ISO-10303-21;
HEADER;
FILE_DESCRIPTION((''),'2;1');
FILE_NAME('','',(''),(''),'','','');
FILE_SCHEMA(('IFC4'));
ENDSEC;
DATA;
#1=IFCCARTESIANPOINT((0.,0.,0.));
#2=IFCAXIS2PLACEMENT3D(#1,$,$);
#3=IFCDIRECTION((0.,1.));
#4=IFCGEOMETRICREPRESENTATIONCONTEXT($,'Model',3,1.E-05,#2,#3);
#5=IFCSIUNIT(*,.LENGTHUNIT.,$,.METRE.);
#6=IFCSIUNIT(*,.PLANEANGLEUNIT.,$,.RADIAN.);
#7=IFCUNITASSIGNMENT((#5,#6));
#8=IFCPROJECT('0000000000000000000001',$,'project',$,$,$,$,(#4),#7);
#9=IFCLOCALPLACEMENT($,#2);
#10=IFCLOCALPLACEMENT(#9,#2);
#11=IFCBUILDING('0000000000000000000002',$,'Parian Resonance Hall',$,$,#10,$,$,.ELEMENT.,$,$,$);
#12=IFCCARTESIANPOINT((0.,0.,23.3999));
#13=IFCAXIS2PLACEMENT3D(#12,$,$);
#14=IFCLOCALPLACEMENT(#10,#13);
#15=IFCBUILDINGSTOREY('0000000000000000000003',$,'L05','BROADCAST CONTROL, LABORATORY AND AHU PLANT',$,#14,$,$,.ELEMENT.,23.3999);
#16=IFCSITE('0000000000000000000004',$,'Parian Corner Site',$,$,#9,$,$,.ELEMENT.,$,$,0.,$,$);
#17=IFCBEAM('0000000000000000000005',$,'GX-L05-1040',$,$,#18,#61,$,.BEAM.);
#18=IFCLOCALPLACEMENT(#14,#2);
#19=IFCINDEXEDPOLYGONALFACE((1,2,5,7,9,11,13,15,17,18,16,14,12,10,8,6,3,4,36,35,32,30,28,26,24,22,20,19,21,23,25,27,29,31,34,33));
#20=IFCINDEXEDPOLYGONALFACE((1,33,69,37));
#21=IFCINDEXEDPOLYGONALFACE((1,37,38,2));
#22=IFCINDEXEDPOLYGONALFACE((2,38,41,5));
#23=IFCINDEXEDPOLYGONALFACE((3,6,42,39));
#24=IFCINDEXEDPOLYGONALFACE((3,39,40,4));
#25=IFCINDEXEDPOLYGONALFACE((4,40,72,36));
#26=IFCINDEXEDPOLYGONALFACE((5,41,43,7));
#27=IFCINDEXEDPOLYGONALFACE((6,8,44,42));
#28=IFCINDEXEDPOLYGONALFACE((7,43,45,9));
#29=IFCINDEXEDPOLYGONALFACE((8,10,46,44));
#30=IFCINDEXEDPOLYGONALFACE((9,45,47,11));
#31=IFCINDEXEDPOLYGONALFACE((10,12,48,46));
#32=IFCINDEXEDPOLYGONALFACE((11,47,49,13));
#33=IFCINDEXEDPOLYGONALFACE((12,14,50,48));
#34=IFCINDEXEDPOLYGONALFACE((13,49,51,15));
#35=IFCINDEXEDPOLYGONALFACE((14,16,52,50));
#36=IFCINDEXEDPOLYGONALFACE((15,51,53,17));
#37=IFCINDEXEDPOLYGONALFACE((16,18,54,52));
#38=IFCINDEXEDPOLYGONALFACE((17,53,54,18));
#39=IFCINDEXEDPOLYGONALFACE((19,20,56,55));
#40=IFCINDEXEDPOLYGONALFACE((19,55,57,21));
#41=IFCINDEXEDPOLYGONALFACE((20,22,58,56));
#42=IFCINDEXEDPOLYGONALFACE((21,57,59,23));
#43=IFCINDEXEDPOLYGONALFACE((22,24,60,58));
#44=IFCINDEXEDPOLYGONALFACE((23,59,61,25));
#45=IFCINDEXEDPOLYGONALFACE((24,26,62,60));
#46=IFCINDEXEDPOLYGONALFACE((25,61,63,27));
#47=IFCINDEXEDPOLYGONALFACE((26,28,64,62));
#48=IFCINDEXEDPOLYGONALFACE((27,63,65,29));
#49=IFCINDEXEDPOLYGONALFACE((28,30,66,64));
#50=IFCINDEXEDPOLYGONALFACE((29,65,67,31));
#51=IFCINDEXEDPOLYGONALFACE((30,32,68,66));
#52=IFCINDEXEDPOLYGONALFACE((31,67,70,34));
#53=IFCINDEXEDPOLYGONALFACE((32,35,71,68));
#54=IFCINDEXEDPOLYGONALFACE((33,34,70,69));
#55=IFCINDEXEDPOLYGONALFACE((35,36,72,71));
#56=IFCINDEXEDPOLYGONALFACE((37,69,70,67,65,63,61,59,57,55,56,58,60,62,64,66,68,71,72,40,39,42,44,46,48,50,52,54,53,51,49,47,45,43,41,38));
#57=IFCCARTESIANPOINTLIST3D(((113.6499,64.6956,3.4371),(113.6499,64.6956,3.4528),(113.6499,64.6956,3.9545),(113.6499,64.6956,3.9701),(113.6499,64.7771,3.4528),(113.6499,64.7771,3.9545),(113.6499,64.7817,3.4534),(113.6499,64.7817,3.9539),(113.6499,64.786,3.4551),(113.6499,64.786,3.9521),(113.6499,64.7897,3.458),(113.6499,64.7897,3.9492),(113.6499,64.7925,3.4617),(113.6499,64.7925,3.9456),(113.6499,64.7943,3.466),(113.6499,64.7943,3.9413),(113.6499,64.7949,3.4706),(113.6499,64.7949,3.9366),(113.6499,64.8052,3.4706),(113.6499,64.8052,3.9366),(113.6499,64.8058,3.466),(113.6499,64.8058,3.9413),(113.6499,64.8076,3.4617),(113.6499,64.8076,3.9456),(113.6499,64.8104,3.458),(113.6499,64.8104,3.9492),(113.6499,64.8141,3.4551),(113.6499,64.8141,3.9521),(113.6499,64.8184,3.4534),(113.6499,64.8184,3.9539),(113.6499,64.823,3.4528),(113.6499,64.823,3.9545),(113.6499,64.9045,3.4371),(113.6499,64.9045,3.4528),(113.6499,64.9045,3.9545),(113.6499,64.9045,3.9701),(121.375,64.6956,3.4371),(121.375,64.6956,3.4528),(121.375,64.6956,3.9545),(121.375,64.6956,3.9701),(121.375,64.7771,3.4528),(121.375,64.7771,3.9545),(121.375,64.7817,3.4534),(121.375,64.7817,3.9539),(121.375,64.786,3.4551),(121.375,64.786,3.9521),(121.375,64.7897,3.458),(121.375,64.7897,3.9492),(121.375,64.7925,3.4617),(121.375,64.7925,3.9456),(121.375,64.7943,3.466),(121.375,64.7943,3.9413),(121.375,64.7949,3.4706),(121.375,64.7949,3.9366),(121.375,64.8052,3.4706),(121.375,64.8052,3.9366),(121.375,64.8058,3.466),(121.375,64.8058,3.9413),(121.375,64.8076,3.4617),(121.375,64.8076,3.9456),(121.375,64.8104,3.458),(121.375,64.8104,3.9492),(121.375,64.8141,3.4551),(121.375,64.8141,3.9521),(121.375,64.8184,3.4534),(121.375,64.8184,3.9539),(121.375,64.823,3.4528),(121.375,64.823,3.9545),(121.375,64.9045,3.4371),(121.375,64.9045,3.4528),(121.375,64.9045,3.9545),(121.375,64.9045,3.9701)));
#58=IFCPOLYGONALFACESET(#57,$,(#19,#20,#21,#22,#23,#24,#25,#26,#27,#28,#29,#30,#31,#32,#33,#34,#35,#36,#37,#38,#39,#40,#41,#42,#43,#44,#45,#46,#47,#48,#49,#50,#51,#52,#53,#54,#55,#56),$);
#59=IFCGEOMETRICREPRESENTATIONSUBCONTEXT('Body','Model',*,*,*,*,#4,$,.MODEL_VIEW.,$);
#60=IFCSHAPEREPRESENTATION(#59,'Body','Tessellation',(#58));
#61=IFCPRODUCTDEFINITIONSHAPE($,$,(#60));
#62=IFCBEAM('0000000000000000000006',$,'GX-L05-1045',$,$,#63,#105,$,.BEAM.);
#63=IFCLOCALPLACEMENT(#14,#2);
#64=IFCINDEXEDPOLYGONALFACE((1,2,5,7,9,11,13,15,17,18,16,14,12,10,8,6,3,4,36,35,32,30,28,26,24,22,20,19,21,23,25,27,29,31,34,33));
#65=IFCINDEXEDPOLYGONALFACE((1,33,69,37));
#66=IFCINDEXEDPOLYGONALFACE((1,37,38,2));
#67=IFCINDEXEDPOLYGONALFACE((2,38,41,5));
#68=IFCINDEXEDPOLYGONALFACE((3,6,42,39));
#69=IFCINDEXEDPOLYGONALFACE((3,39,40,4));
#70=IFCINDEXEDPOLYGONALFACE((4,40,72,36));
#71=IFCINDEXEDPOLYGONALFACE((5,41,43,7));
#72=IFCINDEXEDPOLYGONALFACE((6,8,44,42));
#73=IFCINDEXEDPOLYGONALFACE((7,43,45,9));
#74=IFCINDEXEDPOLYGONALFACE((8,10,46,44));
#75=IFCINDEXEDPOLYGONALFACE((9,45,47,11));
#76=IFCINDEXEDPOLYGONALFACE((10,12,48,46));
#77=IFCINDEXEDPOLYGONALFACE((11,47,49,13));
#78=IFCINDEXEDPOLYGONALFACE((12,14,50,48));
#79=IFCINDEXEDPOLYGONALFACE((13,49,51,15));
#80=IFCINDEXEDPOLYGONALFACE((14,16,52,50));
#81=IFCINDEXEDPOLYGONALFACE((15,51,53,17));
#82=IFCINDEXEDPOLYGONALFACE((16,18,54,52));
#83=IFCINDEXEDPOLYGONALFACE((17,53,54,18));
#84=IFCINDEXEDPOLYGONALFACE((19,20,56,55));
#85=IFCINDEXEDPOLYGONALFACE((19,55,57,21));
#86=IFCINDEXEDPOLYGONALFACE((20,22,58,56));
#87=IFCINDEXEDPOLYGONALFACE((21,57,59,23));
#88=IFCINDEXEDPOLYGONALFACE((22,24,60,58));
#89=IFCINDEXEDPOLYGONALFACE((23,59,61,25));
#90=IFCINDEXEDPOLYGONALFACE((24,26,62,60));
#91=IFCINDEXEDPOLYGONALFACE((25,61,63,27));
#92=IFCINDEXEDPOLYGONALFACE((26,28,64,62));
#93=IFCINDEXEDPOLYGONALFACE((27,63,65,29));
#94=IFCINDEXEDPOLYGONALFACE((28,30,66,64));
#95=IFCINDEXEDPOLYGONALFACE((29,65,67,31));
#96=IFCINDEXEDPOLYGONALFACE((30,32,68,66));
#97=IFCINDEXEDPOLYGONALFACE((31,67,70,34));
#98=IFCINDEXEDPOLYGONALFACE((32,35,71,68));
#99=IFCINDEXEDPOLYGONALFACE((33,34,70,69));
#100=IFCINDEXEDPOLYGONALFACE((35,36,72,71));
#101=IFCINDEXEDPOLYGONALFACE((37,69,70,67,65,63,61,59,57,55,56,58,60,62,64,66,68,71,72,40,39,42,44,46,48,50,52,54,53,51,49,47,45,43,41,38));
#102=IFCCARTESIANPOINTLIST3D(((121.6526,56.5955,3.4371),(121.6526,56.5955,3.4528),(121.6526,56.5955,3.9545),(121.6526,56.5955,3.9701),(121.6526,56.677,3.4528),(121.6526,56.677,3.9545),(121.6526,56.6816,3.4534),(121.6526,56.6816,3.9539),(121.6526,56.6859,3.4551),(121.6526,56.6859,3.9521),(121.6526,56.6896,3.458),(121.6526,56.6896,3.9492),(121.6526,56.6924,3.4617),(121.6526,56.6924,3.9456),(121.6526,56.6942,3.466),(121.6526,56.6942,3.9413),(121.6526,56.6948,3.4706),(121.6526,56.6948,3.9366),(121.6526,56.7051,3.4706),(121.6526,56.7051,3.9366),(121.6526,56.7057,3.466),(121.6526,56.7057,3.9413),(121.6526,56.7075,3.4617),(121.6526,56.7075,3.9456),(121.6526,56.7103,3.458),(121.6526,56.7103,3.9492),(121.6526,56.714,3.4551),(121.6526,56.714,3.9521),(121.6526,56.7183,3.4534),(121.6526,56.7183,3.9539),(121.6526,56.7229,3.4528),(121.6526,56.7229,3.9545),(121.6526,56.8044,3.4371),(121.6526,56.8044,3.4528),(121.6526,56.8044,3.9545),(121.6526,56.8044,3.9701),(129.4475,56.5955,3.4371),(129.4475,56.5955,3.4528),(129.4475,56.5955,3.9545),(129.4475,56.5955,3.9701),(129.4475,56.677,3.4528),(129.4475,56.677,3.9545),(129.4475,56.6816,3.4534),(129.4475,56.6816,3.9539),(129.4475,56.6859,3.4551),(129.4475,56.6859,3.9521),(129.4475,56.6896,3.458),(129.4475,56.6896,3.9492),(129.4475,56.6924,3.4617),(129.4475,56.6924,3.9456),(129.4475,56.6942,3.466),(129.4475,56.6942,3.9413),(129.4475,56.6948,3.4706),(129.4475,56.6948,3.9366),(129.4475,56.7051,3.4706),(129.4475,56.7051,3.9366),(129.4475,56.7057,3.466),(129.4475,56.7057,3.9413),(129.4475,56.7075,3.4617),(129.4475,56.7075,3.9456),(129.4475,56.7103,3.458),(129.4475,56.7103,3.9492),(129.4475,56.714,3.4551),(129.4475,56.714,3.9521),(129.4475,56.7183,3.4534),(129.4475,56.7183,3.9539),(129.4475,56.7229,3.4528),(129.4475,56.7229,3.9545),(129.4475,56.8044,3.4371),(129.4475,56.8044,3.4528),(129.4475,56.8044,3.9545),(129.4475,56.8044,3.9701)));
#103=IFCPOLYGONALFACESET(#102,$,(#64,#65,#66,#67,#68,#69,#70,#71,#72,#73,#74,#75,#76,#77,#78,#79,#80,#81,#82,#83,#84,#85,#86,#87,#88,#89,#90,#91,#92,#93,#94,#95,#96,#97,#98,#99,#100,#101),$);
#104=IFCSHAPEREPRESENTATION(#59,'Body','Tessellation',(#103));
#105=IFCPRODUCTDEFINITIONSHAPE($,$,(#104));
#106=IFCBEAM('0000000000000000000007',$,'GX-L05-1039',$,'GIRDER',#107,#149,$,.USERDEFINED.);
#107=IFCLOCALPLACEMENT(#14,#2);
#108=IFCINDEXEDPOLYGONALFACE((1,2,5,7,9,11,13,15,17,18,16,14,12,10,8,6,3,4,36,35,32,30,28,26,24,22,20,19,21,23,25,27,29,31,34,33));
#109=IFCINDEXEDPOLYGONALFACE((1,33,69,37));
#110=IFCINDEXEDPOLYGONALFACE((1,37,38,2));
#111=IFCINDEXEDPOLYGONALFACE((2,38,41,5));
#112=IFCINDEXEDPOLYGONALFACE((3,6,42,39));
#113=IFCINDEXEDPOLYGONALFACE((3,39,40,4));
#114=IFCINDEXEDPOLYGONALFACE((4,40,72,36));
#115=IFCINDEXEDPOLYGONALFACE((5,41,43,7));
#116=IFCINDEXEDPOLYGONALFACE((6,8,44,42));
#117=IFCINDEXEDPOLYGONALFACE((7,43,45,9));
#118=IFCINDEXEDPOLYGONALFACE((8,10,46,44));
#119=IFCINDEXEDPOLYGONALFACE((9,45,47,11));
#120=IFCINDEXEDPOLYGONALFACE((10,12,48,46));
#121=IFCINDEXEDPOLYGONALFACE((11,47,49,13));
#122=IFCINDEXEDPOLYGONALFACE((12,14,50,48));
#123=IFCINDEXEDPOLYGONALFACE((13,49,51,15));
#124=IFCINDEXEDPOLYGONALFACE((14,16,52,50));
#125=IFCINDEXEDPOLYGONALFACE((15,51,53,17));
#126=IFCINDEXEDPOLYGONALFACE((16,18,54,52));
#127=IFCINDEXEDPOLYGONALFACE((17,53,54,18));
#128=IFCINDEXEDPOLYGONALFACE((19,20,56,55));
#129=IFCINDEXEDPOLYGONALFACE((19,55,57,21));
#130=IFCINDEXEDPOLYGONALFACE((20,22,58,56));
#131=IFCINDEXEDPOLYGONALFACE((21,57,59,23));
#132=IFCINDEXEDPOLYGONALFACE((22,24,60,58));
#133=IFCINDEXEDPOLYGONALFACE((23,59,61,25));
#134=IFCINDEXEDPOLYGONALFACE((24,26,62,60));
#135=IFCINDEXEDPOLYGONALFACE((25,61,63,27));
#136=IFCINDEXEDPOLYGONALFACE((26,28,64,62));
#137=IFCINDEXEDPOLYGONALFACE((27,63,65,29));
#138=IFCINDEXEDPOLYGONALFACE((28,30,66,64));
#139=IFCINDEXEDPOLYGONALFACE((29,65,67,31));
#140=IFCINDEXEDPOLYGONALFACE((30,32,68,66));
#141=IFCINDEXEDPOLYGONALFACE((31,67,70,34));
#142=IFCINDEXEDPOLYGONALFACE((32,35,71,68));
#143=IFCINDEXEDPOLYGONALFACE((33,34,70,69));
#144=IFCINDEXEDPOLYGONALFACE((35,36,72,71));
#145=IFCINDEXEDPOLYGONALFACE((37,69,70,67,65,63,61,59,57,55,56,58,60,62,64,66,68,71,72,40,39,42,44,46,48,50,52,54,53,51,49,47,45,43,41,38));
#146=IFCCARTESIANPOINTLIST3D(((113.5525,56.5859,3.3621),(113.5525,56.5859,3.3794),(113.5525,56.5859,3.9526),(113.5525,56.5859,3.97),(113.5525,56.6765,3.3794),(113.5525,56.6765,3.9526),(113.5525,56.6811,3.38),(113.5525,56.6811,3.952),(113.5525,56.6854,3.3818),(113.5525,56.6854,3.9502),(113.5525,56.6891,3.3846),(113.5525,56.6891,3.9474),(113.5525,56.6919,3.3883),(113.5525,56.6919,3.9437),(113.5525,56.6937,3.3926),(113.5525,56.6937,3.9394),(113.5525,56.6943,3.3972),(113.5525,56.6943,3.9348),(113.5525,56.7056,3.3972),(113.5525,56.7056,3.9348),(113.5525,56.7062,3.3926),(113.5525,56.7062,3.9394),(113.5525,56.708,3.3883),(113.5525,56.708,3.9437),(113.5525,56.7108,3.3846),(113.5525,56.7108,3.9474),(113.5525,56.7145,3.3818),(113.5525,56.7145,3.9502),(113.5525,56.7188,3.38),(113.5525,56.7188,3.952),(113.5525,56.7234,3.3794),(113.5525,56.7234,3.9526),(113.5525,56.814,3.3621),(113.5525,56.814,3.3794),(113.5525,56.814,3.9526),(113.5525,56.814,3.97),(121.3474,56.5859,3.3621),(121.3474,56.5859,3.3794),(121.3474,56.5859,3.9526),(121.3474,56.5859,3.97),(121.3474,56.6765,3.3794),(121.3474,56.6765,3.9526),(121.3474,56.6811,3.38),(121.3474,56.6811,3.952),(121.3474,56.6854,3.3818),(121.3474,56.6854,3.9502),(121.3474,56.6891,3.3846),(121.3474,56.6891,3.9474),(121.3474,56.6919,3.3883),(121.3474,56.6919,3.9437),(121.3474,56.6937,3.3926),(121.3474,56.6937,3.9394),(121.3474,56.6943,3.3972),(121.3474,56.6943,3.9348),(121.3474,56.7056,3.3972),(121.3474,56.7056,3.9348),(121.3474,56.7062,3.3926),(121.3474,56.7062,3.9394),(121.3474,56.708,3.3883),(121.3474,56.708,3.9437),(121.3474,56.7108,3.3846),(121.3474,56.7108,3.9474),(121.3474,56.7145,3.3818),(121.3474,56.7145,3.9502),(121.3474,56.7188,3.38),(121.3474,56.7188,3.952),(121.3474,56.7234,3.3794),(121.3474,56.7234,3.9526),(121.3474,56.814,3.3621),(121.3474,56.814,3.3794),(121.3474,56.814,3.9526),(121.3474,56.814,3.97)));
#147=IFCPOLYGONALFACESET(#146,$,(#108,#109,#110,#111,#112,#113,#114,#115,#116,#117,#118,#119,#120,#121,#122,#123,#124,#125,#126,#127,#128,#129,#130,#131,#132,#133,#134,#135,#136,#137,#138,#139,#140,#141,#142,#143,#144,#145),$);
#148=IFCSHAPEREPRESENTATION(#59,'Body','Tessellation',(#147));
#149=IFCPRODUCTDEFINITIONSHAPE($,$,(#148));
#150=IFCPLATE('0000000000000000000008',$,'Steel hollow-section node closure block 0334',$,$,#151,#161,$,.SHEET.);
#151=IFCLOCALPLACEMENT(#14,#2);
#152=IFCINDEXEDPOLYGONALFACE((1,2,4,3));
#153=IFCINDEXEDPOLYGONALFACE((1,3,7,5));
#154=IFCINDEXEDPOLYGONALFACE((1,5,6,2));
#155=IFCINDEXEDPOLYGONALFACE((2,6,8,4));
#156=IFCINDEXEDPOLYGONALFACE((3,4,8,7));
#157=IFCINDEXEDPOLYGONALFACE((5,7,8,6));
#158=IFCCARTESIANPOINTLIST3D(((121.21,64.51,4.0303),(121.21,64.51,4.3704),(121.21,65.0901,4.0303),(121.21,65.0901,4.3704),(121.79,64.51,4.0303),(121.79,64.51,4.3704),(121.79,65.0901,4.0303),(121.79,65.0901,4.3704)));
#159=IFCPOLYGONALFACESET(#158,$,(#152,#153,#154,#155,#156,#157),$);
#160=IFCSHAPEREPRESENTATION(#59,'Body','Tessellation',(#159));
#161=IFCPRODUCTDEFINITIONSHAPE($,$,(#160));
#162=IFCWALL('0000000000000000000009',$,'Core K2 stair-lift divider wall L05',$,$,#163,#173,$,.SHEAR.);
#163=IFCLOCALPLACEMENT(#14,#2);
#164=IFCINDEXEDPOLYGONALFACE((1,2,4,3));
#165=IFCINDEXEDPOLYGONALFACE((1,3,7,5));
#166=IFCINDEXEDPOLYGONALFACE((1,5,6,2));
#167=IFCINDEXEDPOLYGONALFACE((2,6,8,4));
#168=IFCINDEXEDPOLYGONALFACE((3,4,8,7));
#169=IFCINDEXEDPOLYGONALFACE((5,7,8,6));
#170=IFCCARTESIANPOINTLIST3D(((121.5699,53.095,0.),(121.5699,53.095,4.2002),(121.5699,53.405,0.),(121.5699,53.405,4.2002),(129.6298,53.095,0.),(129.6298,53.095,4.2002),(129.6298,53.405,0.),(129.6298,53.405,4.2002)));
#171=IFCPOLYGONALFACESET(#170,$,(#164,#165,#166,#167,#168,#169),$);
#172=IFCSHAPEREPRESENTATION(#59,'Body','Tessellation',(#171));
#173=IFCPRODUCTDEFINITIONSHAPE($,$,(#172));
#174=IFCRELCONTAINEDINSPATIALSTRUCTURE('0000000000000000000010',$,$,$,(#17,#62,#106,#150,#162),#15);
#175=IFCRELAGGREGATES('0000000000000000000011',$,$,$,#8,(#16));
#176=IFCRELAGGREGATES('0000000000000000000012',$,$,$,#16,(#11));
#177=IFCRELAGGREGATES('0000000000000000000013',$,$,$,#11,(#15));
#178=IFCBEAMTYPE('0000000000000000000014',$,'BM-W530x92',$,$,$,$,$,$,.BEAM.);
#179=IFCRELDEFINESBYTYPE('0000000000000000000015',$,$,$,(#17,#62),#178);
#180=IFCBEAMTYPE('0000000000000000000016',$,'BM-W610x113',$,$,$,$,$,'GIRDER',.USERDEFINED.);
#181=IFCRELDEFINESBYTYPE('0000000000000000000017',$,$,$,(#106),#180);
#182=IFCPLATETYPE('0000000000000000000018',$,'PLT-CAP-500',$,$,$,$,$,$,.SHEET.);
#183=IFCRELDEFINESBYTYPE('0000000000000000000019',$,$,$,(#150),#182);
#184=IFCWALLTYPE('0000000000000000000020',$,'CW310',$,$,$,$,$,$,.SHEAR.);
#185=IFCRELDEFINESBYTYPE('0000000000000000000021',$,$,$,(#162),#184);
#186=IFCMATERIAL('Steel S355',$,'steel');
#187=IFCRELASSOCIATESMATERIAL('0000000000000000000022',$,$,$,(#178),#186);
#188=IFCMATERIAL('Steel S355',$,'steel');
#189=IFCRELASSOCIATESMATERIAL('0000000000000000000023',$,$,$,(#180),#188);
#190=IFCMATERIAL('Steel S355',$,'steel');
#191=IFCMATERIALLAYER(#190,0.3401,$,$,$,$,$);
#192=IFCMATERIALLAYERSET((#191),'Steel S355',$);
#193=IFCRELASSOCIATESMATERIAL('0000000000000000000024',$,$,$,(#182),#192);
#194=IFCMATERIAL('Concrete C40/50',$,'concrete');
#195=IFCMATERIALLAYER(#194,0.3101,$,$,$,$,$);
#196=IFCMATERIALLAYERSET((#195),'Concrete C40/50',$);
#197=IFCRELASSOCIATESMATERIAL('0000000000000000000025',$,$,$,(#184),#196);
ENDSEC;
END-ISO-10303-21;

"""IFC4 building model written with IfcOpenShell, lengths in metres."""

from ifc_helpers import new_model, si_unit, direction, frame, frame_2d, origin, origin_2d, place, context, subcontext, project, spatial, rectangle, i_section, extrude, material, layer, layer_set, material_profile, profile_set, type_object, element, save


model = new_model("IFC4")

# Units and contexts
model_context = context("Model", 3, precision=1e-05, world=origin(), true_north=direction((0.0, 1.0)))
body_context = subcontext(model_context, "Body", "Model", "MODEL_VIEW")
ifc_project = project(units=[si_unit("LENGTHUNIT", "METRE"), si_unit("PLANEANGLEUNIT", "RADIAN")], contexts=[model_context])

# Site, building, storey
site_placement = place(None, origin())
site = spatial("IfcSite", under=ifc_project, at=site_placement, Name="Parian Corner Site", CompositionType="ELEMENT", RefElevation=0.0)
building_placement = place(site_placement, origin())
building = spatial("IfcBuilding", under=site, at=building_placement, Name="Parian Resonance Hall", CompositionType="ELEMENT")
storey_placement = place(building_placement, frame((0.0, 0.0, 23.3999)))
storey = spatial("IfcBuildingStorey", under=building, at=storey_placement, Name="L05", Description="BROADCAST CONTROL, LABORATORY AND AHU PLANT", CompositionType="ELEMENT", Elevation=23.3999)

# Beams
ifc_material_1 = material(Name="Steel S355", Category="steel")
ifc_material_profile_1 = material_profile(ifc_material_1, i_section(OverallWidth=0.209, OverallDepth=0.533, WebThickness=0.0103, FlangeThickness=0.0156, FilletRadius=0.0178, at=origin_2d()), Name="W530x92")
ifc_profile_set_1 = profile_set([ifc_material_profile_1], Name="Steel S355")
beam_type_1 = type_object("IfcBeamType", Name="BM-W530x92", PredefinedType="BEAM", material=ifc_profile_set_1)
beam_1_placement = place(storey_placement, frame((113.6499, 64.8, 3.7036), z_axis=(1.0, 0.0, 0.0), x_axis=(0.0, 1.0, 0.0)))
element("IfcBeam", 1, at=beam_1_placement, inside=storey, type_object=beam_type_1, Name="GX-L05-1040", PredefinedType="BEAM", context=body_context, shape_type="SweptSolid", body=[
    extrude(i_section(OverallWidth=0.209, OverallDepth=0.533, WebThickness=0.0103, FlangeThickness=0.0156, FilletRadius=0.0178, at=origin_2d()), origin(), (0.0, 0.0, 1.0), 7.7251),
])
beam_2_placement = place(storey_placement, frame((121.6526, 56.7, 3.7036), z_axis=(1.0, 0.0, 0.0), x_axis=(0.0, 1.0, 0.0)))
element("IfcBeam", 2, at=beam_2_placement, inside=storey, type_object=beam_type_1, Name="GX-L05-1045", PredefinedType="BEAM", context=body_context, shape_type="SweptSolid", body=[
    extrude(i_section(OverallWidth=0.209, OverallDepth=0.533, WebThickness=0.0103, FlangeThickness=0.0156, FilletRadius=0.0178, at=origin_2d()), origin(), (0.0, 0.0, 1.0), 7.7949),
])
ifc_material_2 = material(Name="Steel S355", Category="steel")
ifc_material_profile_2 = material_profile(ifc_material_2, i_section(OverallWidth=0.228, OverallDepth=0.6079, WebThickness=0.0112, FlangeThickness=0.0173, FilletRadius=0.0178, at=origin_2d()), Name="W610x113")
ifc_profile_set_2 = profile_set([ifc_material_profile_2], Name="Steel S355")
beam_type_2 = type_object("IfcBeamType", Name="BM-W610x113", ElementType="GIRDER", PredefinedType="USERDEFINED", material=ifc_profile_set_2)
beam_3_placement = place(storey_placement, frame((113.5525, 56.7, 3.666), z_axis=(1.0, 0.0, 0.0), x_axis=(0.0, 1.0, 0.0)))
element("IfcBeam", 3, at=beam_3_placement, inside=storey, type_object=beam_type_2, Name="GX-L05-1039", ObjectType="GIRDER", PredefinedType="USERDEFINED", context=body_context, shape_type="SweptSolid", body=[
    extrude(i_section(OverallWidth=0.228, OverallDepth=0.6079, WebThickness=0.0112, FlangeThickness=0.0173, FilletRadius=0.0178, at=origin_2d()), origin(), (0.0, 0.0, 1.0), 7.7949),
])

# Plate
ifc_material_3 = material(Name="Steel S355", Category="steel")
ifc_layer_1 = layer(ifc_material_3, 0.3401)
ifc_layer_set_1 = layer_set([ifc_layer_1], Name="Steel S355")
plate_type = type_object("IfcPlateType", Name="PLT-CAP-500", PredefinedType="SHEET", material=ifc_layer_set_1)
plate_placement = place(storey_placement, frame((121.5, 64.8, 4.0303), z_axis=(0.0, 0.0, 1.0), x_axis=(1.0, 0.0, 0.0)))
element("IfcPlate", 4, at=plate_placement, inside=storey, type_object=plate_type, Name="Steel hollow-section node closure block 0334", PredefinedType="SHEET", context=body_context, shape_type="SweptSolid", body=[
    extrude(rectangle(XDim=0.5801, YDim=0.5801, at=origin_2d()), origin(), (0.0, 0.0, 1.0), 0.3401),
])

# Wall
ifc_material_4 = material(Name="Concrete C40/50", Category="concrete")
ifc_layer_2 = layer(ifc_material_4, 0.3101)
ifc_layer_set_2 = layer_set([ifc_layer_2], Name="Concrete C40/50")
wall_type_1 = type_object("IfcWallType", Name="CW310", PredefinedType="SHEAR", material=ifc_layer_set_2)
wall_1_placement = place(storey_placement, frame((121.5701, 53.25, 0.0), z_axis=(0.0, 0.0, 1.0), x_axis=(1.0, 0.0, 0.0)))
element("IfcWall", 5, at=wall_1_placement, inside=storey, type_object=wall_type_1, Name="Core K2 stair-lift divider wall L05", PredefinedType="SHEAR", context=body_context, shape_type="SweptSolid", body=[
    extrude(rectangle(XDim=8.0598, YDim=0.3101, at=frame_2d((4.0298, 0.0))), origin(), (0.0, 0.0, 1.0), 4.2002),
])

save(model, "model.ifc")
